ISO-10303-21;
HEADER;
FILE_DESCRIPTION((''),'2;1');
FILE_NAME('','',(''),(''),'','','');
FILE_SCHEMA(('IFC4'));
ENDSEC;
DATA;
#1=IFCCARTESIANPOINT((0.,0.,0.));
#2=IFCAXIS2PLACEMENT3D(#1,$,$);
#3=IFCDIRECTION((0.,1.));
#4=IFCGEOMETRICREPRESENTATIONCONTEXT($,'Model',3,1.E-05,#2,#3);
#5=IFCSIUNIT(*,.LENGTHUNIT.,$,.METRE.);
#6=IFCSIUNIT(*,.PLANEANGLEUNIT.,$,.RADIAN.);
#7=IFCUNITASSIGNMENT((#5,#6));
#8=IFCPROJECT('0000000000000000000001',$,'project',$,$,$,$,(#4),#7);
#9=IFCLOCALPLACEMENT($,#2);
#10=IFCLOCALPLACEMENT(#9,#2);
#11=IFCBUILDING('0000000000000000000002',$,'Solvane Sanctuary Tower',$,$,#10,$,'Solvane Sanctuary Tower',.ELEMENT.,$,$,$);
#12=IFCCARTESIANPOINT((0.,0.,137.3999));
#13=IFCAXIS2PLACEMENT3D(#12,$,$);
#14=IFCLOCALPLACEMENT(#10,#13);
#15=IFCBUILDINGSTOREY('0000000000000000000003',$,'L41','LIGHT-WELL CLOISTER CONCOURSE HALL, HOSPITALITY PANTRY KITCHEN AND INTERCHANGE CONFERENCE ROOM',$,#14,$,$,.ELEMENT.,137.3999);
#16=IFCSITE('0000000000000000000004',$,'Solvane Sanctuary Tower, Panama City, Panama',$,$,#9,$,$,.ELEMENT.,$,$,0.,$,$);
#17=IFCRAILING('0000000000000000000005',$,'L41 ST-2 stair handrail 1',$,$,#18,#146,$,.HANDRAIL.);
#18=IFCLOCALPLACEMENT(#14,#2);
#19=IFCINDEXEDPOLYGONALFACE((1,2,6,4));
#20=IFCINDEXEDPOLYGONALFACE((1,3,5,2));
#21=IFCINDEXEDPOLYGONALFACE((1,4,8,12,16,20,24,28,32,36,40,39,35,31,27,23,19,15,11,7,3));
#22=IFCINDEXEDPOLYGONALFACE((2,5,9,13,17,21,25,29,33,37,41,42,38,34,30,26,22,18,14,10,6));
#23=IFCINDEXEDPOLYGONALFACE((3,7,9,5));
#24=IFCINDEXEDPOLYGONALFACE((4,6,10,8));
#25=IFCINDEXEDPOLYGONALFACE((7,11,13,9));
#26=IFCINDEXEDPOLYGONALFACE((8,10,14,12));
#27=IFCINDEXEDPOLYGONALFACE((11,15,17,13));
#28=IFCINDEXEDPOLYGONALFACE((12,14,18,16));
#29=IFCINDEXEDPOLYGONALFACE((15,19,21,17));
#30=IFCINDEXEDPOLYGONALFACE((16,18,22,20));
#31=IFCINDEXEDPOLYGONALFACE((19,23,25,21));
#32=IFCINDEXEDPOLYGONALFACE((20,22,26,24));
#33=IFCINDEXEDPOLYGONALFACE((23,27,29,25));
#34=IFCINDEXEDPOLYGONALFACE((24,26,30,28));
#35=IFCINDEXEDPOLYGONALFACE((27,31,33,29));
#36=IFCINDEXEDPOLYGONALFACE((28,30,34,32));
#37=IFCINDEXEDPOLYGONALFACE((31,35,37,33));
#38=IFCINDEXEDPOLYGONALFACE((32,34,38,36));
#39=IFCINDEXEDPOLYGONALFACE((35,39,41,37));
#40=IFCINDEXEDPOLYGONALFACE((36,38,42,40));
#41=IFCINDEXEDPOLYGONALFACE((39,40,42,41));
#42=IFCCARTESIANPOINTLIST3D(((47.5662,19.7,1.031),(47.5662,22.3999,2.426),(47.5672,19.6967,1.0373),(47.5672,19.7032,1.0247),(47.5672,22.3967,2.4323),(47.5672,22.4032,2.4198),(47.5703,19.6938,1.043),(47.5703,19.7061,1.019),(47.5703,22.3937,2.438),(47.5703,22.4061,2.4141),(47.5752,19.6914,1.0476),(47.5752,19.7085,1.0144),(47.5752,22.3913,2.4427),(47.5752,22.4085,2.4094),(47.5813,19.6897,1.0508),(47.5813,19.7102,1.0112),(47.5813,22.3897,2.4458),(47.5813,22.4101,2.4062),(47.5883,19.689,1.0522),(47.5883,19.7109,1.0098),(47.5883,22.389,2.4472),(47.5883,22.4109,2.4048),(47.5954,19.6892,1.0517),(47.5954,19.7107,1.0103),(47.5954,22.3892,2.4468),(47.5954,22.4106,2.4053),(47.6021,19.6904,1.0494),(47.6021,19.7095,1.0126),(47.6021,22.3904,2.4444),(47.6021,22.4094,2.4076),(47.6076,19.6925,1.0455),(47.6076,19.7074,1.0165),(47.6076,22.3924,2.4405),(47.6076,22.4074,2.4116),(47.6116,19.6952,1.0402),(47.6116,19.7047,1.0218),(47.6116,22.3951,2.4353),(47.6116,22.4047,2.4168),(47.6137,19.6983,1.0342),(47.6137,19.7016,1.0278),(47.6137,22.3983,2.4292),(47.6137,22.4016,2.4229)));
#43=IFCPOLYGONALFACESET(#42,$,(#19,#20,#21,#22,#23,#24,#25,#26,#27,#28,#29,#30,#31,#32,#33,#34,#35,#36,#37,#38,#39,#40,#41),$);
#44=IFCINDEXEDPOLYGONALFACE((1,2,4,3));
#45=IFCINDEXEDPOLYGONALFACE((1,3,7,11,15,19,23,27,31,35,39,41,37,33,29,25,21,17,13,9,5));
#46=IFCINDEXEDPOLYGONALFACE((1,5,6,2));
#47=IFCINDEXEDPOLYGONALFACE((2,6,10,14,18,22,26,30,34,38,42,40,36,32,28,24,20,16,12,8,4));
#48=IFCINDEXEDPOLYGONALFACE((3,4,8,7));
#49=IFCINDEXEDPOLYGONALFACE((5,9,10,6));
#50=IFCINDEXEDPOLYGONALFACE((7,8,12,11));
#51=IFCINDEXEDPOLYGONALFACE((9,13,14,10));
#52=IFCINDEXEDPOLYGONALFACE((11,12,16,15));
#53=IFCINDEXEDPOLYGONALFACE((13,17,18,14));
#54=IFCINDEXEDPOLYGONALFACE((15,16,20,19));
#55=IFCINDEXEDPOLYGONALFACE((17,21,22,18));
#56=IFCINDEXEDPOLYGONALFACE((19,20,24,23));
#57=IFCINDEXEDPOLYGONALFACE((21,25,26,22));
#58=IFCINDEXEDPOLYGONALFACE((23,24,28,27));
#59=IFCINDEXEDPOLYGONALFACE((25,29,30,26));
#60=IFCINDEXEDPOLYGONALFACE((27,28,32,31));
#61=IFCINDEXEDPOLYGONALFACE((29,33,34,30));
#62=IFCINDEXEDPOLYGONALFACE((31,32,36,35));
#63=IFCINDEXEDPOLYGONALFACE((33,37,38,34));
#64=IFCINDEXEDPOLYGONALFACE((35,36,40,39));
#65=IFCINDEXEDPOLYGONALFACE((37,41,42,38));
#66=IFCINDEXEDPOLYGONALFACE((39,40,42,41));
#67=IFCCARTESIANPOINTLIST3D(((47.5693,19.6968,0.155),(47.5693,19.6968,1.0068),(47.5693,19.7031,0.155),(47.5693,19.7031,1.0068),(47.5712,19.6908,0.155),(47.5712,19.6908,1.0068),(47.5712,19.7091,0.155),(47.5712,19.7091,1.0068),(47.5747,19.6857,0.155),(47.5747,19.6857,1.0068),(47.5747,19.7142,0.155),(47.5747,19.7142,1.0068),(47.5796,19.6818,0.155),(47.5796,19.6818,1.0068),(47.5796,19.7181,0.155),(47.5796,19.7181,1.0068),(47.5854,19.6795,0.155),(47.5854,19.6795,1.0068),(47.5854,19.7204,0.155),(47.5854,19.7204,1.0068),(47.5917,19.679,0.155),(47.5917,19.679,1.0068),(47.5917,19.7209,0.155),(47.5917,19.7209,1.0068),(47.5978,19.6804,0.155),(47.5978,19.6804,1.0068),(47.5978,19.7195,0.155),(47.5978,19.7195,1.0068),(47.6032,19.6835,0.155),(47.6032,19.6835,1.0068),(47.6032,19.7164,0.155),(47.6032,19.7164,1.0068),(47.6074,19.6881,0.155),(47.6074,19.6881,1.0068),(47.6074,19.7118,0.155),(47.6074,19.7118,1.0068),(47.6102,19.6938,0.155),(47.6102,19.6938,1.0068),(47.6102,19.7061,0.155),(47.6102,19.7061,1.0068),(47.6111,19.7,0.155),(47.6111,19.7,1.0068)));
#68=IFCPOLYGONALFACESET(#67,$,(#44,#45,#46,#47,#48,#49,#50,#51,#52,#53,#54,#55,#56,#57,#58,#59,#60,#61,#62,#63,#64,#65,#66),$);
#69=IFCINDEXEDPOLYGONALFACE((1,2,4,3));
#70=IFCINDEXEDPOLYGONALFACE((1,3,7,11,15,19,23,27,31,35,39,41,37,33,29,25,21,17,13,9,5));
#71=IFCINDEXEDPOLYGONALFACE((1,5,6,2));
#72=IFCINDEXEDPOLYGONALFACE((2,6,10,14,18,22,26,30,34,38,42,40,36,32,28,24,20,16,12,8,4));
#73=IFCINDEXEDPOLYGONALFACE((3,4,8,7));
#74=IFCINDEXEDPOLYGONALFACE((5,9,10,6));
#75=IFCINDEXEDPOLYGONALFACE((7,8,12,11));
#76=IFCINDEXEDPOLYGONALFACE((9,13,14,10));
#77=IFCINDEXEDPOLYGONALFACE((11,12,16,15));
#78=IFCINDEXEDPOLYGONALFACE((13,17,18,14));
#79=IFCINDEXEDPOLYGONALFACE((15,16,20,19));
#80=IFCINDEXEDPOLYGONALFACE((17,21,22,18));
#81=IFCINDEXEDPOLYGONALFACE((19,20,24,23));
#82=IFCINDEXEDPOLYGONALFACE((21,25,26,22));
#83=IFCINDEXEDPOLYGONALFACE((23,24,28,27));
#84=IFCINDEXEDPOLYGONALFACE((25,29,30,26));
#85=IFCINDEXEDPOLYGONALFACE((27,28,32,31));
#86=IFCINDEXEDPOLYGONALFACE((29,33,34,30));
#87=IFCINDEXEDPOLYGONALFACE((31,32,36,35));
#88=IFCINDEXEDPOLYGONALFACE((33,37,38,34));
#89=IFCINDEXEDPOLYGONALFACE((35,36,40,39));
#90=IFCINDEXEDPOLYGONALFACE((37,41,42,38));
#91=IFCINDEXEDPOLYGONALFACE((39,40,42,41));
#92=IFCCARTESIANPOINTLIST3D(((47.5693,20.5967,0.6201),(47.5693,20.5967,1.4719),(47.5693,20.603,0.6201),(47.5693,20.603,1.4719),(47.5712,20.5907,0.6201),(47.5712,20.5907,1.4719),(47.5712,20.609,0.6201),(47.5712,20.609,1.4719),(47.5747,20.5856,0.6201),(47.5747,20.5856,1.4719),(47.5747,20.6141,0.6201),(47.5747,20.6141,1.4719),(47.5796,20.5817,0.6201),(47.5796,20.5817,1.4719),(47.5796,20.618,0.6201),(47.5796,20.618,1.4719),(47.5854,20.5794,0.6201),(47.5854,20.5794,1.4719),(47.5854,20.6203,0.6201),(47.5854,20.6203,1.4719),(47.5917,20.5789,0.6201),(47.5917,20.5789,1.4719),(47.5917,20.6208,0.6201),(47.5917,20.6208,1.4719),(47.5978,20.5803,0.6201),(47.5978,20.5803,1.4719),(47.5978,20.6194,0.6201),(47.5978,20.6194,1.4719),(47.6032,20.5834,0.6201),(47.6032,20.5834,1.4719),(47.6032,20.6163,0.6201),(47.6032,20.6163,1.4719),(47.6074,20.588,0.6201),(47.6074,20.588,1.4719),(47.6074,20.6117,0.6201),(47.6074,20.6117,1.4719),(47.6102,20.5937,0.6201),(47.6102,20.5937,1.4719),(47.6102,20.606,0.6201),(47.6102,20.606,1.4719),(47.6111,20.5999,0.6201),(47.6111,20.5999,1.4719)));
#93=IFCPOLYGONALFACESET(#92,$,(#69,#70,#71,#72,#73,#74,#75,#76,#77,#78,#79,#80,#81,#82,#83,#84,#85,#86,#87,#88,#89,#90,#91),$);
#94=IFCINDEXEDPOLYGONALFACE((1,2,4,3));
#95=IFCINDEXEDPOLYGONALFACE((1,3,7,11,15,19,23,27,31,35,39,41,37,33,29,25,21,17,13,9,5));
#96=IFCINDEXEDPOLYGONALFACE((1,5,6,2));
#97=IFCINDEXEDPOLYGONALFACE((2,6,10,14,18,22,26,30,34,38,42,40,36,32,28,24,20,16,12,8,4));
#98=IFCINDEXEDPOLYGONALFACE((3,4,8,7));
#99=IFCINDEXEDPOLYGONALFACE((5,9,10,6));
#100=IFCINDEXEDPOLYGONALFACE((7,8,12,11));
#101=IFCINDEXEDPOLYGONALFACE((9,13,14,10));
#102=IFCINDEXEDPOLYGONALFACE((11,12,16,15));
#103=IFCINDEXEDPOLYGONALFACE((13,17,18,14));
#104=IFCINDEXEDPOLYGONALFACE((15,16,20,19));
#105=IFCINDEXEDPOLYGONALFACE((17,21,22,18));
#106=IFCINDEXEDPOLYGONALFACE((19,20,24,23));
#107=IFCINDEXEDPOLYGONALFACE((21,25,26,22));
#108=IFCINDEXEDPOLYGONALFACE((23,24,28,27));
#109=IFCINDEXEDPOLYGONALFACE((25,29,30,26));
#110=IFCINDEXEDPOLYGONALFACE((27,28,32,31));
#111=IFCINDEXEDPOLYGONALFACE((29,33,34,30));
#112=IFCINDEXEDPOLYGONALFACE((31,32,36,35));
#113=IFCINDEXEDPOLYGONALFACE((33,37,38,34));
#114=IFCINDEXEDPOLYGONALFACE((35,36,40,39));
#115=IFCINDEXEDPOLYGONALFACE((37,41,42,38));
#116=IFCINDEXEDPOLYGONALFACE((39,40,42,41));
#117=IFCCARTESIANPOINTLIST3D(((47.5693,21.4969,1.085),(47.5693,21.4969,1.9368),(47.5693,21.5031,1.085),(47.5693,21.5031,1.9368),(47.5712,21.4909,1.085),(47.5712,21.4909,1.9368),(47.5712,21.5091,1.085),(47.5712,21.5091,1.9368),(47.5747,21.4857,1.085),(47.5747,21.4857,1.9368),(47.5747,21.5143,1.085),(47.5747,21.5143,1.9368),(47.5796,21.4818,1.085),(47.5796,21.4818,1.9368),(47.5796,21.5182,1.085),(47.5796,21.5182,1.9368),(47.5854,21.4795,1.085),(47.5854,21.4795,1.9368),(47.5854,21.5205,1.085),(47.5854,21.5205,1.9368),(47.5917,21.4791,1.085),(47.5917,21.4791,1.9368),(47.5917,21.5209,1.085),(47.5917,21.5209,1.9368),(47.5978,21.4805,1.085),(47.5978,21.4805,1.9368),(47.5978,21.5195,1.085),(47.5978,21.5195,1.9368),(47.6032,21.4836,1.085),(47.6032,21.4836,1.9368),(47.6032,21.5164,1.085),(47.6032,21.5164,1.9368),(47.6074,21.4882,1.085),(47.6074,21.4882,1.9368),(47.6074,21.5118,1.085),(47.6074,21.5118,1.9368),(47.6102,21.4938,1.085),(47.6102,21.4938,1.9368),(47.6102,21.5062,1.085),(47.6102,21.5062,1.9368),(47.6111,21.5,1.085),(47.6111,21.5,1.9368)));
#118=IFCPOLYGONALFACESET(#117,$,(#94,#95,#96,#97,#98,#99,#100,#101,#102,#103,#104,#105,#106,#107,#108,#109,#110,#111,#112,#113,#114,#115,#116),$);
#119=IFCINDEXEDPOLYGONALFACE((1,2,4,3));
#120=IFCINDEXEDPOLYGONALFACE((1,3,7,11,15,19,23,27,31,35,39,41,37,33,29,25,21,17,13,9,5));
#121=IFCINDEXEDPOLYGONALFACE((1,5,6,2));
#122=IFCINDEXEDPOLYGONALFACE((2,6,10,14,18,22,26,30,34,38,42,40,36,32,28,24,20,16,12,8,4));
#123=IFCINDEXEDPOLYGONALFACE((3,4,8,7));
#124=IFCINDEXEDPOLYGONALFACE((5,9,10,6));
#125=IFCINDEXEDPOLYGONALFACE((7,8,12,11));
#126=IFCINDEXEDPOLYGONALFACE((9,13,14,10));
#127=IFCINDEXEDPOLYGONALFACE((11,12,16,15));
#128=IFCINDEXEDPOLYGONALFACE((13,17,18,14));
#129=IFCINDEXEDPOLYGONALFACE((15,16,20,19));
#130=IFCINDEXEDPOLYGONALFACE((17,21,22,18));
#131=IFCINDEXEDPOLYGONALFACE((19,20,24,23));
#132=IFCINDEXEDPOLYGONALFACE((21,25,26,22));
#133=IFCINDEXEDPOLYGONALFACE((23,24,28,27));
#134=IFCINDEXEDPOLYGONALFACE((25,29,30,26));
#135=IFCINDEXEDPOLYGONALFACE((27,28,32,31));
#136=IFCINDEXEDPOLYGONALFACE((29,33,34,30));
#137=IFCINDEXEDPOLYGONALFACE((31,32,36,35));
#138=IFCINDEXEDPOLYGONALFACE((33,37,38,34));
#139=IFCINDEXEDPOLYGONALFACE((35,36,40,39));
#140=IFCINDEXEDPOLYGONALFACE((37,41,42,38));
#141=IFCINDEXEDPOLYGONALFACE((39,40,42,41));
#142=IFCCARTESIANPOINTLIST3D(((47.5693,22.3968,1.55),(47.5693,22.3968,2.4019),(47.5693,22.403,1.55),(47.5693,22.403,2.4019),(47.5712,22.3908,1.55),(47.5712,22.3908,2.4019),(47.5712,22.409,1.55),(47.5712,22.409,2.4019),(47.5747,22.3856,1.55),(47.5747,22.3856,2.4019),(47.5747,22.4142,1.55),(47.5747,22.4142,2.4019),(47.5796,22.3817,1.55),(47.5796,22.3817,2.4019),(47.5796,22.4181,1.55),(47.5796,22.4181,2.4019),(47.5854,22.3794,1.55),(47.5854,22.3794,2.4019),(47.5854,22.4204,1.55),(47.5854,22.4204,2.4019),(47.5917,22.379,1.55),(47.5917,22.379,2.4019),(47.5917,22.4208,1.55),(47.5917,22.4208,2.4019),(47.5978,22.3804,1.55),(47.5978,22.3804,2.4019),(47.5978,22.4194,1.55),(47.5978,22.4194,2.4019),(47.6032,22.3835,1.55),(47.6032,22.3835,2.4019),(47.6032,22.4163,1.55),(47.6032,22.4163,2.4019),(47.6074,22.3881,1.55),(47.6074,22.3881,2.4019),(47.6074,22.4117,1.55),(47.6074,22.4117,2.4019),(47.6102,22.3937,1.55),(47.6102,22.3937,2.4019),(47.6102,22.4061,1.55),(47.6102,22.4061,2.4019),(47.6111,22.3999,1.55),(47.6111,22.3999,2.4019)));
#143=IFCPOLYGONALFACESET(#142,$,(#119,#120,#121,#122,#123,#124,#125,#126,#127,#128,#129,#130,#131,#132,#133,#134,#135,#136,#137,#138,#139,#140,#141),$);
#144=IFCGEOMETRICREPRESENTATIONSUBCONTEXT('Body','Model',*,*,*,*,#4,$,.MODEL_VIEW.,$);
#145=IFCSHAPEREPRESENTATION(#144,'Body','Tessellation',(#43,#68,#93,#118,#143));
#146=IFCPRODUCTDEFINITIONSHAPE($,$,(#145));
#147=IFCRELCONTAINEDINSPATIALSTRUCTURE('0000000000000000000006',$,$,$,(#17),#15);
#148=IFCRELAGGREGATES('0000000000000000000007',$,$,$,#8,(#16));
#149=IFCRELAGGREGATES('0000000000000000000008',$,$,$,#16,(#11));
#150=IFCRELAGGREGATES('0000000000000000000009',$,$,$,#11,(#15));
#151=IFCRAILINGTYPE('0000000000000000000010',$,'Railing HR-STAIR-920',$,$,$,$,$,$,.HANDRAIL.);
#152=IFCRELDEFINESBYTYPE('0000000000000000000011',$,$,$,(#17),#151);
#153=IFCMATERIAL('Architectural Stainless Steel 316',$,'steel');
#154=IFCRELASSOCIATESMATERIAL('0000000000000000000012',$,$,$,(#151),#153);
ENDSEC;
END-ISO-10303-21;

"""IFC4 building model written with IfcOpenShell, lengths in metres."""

from ifc_helpers import new_model, si_unit, direction, frame, origin, origin_2d, place, context, subcontext, project, spatial, circle, extrude, material, type_object, element, save


model = new_model("IFC4")

# Units and contexts
model_context = context("Model", 3, precision=1e-05, world=origin(), true_north=direction((0.0, 1.0)))
body_context = subcontext(model_context, "Body", "Model", "MODEL_VIEW")
ifc_project = project(units=[si_unit("LENGTHUNIT", "METRE"), si_unit("PLANEANGLEUNIT", "RADIAN")], contexts=[model_context])

# Site, building, storey
site_placement = place(None, origin())
site = spatial("IfcSite", under=ifc_project, at=site_placement, Name="Solvane Sanctuary Tower, Panama City, Panama", CompositionType="ELEMENT", RefElevation=0.0)
building_placement = place(site_placement, origin())
building = spatial("IfcBuilding", under=site, at=building_placement, Name="Solvane Sanctuary Tower", LongName="Solvane Sanctuary Tower", CompositionType="ELEMENT")
storey_placement = place(building_placement, frame((0.0, 0.0, 137.3999)))
storey = spatial("IfcBuildingStorey", under=building, at=storey_placement, Name="L41", Description="LIGHT-WELL CLOISTER CONCOURSE HALL, HOSPITALITY PANTRY KITCHEN AND INTERCHANGE CONFERENCE ROOM", CompositionType="ELEMENT", Elevation=137.3999)

# Shared definitions
ifc_material_1 = material(Name="Architectural Stainless Steel 316", Category="steel")

# Railing
railing_type_1 = type_object("IfcRailingType", Name="Railing HR-STAIR-920", PredefinedType="HANDRAIL", material=ifc_material_1)
railing_1_placement = place(storey_placement, frame((47.5901, 19.7, 0.155)))
element("IfcRailing", 1, at=railing_1_placement, inside=storey, type_object=railing_type_1, Name="L41 ST-2 stair handrail 1", PredefinedType="HANDRAIL", context=body_context, shape_type="SweptSolid", body=[
    extrude(circle(Radius=0.0239, at=origin_2d()), frame((0.0, 0.0, 0.876), z_axis=(0.0, 0.88842, 0.459032), x_axis=(-1.0, 0.0, 0.0)), (0.0, 0.0, 1.0), 3.0391),
    extrude(circle(Radius=0.021, at=origin_2d()), origin(), (0.0, 0.0, 1.0), 0.8518),
    extrude(circle(Radius=0.021, at=origin_2d()), frame((0.0, 0.8999, 0.4651)), (0.0, 0.0, 1.0), 0.8518),
    extrude(circle(Radius=0.021, at=origin_2d()), frame((0.0, 1.8, 0.9299)), (0.0, 0.0, 1.0), 0.8518),
    extrude(circle(Radius=0.021, at=origin_2d()), frame((0.0, 2.7, 1.395)), (0.0, 0.0, 1.0), 0.8518),
])

save(model, "model.ifc")
